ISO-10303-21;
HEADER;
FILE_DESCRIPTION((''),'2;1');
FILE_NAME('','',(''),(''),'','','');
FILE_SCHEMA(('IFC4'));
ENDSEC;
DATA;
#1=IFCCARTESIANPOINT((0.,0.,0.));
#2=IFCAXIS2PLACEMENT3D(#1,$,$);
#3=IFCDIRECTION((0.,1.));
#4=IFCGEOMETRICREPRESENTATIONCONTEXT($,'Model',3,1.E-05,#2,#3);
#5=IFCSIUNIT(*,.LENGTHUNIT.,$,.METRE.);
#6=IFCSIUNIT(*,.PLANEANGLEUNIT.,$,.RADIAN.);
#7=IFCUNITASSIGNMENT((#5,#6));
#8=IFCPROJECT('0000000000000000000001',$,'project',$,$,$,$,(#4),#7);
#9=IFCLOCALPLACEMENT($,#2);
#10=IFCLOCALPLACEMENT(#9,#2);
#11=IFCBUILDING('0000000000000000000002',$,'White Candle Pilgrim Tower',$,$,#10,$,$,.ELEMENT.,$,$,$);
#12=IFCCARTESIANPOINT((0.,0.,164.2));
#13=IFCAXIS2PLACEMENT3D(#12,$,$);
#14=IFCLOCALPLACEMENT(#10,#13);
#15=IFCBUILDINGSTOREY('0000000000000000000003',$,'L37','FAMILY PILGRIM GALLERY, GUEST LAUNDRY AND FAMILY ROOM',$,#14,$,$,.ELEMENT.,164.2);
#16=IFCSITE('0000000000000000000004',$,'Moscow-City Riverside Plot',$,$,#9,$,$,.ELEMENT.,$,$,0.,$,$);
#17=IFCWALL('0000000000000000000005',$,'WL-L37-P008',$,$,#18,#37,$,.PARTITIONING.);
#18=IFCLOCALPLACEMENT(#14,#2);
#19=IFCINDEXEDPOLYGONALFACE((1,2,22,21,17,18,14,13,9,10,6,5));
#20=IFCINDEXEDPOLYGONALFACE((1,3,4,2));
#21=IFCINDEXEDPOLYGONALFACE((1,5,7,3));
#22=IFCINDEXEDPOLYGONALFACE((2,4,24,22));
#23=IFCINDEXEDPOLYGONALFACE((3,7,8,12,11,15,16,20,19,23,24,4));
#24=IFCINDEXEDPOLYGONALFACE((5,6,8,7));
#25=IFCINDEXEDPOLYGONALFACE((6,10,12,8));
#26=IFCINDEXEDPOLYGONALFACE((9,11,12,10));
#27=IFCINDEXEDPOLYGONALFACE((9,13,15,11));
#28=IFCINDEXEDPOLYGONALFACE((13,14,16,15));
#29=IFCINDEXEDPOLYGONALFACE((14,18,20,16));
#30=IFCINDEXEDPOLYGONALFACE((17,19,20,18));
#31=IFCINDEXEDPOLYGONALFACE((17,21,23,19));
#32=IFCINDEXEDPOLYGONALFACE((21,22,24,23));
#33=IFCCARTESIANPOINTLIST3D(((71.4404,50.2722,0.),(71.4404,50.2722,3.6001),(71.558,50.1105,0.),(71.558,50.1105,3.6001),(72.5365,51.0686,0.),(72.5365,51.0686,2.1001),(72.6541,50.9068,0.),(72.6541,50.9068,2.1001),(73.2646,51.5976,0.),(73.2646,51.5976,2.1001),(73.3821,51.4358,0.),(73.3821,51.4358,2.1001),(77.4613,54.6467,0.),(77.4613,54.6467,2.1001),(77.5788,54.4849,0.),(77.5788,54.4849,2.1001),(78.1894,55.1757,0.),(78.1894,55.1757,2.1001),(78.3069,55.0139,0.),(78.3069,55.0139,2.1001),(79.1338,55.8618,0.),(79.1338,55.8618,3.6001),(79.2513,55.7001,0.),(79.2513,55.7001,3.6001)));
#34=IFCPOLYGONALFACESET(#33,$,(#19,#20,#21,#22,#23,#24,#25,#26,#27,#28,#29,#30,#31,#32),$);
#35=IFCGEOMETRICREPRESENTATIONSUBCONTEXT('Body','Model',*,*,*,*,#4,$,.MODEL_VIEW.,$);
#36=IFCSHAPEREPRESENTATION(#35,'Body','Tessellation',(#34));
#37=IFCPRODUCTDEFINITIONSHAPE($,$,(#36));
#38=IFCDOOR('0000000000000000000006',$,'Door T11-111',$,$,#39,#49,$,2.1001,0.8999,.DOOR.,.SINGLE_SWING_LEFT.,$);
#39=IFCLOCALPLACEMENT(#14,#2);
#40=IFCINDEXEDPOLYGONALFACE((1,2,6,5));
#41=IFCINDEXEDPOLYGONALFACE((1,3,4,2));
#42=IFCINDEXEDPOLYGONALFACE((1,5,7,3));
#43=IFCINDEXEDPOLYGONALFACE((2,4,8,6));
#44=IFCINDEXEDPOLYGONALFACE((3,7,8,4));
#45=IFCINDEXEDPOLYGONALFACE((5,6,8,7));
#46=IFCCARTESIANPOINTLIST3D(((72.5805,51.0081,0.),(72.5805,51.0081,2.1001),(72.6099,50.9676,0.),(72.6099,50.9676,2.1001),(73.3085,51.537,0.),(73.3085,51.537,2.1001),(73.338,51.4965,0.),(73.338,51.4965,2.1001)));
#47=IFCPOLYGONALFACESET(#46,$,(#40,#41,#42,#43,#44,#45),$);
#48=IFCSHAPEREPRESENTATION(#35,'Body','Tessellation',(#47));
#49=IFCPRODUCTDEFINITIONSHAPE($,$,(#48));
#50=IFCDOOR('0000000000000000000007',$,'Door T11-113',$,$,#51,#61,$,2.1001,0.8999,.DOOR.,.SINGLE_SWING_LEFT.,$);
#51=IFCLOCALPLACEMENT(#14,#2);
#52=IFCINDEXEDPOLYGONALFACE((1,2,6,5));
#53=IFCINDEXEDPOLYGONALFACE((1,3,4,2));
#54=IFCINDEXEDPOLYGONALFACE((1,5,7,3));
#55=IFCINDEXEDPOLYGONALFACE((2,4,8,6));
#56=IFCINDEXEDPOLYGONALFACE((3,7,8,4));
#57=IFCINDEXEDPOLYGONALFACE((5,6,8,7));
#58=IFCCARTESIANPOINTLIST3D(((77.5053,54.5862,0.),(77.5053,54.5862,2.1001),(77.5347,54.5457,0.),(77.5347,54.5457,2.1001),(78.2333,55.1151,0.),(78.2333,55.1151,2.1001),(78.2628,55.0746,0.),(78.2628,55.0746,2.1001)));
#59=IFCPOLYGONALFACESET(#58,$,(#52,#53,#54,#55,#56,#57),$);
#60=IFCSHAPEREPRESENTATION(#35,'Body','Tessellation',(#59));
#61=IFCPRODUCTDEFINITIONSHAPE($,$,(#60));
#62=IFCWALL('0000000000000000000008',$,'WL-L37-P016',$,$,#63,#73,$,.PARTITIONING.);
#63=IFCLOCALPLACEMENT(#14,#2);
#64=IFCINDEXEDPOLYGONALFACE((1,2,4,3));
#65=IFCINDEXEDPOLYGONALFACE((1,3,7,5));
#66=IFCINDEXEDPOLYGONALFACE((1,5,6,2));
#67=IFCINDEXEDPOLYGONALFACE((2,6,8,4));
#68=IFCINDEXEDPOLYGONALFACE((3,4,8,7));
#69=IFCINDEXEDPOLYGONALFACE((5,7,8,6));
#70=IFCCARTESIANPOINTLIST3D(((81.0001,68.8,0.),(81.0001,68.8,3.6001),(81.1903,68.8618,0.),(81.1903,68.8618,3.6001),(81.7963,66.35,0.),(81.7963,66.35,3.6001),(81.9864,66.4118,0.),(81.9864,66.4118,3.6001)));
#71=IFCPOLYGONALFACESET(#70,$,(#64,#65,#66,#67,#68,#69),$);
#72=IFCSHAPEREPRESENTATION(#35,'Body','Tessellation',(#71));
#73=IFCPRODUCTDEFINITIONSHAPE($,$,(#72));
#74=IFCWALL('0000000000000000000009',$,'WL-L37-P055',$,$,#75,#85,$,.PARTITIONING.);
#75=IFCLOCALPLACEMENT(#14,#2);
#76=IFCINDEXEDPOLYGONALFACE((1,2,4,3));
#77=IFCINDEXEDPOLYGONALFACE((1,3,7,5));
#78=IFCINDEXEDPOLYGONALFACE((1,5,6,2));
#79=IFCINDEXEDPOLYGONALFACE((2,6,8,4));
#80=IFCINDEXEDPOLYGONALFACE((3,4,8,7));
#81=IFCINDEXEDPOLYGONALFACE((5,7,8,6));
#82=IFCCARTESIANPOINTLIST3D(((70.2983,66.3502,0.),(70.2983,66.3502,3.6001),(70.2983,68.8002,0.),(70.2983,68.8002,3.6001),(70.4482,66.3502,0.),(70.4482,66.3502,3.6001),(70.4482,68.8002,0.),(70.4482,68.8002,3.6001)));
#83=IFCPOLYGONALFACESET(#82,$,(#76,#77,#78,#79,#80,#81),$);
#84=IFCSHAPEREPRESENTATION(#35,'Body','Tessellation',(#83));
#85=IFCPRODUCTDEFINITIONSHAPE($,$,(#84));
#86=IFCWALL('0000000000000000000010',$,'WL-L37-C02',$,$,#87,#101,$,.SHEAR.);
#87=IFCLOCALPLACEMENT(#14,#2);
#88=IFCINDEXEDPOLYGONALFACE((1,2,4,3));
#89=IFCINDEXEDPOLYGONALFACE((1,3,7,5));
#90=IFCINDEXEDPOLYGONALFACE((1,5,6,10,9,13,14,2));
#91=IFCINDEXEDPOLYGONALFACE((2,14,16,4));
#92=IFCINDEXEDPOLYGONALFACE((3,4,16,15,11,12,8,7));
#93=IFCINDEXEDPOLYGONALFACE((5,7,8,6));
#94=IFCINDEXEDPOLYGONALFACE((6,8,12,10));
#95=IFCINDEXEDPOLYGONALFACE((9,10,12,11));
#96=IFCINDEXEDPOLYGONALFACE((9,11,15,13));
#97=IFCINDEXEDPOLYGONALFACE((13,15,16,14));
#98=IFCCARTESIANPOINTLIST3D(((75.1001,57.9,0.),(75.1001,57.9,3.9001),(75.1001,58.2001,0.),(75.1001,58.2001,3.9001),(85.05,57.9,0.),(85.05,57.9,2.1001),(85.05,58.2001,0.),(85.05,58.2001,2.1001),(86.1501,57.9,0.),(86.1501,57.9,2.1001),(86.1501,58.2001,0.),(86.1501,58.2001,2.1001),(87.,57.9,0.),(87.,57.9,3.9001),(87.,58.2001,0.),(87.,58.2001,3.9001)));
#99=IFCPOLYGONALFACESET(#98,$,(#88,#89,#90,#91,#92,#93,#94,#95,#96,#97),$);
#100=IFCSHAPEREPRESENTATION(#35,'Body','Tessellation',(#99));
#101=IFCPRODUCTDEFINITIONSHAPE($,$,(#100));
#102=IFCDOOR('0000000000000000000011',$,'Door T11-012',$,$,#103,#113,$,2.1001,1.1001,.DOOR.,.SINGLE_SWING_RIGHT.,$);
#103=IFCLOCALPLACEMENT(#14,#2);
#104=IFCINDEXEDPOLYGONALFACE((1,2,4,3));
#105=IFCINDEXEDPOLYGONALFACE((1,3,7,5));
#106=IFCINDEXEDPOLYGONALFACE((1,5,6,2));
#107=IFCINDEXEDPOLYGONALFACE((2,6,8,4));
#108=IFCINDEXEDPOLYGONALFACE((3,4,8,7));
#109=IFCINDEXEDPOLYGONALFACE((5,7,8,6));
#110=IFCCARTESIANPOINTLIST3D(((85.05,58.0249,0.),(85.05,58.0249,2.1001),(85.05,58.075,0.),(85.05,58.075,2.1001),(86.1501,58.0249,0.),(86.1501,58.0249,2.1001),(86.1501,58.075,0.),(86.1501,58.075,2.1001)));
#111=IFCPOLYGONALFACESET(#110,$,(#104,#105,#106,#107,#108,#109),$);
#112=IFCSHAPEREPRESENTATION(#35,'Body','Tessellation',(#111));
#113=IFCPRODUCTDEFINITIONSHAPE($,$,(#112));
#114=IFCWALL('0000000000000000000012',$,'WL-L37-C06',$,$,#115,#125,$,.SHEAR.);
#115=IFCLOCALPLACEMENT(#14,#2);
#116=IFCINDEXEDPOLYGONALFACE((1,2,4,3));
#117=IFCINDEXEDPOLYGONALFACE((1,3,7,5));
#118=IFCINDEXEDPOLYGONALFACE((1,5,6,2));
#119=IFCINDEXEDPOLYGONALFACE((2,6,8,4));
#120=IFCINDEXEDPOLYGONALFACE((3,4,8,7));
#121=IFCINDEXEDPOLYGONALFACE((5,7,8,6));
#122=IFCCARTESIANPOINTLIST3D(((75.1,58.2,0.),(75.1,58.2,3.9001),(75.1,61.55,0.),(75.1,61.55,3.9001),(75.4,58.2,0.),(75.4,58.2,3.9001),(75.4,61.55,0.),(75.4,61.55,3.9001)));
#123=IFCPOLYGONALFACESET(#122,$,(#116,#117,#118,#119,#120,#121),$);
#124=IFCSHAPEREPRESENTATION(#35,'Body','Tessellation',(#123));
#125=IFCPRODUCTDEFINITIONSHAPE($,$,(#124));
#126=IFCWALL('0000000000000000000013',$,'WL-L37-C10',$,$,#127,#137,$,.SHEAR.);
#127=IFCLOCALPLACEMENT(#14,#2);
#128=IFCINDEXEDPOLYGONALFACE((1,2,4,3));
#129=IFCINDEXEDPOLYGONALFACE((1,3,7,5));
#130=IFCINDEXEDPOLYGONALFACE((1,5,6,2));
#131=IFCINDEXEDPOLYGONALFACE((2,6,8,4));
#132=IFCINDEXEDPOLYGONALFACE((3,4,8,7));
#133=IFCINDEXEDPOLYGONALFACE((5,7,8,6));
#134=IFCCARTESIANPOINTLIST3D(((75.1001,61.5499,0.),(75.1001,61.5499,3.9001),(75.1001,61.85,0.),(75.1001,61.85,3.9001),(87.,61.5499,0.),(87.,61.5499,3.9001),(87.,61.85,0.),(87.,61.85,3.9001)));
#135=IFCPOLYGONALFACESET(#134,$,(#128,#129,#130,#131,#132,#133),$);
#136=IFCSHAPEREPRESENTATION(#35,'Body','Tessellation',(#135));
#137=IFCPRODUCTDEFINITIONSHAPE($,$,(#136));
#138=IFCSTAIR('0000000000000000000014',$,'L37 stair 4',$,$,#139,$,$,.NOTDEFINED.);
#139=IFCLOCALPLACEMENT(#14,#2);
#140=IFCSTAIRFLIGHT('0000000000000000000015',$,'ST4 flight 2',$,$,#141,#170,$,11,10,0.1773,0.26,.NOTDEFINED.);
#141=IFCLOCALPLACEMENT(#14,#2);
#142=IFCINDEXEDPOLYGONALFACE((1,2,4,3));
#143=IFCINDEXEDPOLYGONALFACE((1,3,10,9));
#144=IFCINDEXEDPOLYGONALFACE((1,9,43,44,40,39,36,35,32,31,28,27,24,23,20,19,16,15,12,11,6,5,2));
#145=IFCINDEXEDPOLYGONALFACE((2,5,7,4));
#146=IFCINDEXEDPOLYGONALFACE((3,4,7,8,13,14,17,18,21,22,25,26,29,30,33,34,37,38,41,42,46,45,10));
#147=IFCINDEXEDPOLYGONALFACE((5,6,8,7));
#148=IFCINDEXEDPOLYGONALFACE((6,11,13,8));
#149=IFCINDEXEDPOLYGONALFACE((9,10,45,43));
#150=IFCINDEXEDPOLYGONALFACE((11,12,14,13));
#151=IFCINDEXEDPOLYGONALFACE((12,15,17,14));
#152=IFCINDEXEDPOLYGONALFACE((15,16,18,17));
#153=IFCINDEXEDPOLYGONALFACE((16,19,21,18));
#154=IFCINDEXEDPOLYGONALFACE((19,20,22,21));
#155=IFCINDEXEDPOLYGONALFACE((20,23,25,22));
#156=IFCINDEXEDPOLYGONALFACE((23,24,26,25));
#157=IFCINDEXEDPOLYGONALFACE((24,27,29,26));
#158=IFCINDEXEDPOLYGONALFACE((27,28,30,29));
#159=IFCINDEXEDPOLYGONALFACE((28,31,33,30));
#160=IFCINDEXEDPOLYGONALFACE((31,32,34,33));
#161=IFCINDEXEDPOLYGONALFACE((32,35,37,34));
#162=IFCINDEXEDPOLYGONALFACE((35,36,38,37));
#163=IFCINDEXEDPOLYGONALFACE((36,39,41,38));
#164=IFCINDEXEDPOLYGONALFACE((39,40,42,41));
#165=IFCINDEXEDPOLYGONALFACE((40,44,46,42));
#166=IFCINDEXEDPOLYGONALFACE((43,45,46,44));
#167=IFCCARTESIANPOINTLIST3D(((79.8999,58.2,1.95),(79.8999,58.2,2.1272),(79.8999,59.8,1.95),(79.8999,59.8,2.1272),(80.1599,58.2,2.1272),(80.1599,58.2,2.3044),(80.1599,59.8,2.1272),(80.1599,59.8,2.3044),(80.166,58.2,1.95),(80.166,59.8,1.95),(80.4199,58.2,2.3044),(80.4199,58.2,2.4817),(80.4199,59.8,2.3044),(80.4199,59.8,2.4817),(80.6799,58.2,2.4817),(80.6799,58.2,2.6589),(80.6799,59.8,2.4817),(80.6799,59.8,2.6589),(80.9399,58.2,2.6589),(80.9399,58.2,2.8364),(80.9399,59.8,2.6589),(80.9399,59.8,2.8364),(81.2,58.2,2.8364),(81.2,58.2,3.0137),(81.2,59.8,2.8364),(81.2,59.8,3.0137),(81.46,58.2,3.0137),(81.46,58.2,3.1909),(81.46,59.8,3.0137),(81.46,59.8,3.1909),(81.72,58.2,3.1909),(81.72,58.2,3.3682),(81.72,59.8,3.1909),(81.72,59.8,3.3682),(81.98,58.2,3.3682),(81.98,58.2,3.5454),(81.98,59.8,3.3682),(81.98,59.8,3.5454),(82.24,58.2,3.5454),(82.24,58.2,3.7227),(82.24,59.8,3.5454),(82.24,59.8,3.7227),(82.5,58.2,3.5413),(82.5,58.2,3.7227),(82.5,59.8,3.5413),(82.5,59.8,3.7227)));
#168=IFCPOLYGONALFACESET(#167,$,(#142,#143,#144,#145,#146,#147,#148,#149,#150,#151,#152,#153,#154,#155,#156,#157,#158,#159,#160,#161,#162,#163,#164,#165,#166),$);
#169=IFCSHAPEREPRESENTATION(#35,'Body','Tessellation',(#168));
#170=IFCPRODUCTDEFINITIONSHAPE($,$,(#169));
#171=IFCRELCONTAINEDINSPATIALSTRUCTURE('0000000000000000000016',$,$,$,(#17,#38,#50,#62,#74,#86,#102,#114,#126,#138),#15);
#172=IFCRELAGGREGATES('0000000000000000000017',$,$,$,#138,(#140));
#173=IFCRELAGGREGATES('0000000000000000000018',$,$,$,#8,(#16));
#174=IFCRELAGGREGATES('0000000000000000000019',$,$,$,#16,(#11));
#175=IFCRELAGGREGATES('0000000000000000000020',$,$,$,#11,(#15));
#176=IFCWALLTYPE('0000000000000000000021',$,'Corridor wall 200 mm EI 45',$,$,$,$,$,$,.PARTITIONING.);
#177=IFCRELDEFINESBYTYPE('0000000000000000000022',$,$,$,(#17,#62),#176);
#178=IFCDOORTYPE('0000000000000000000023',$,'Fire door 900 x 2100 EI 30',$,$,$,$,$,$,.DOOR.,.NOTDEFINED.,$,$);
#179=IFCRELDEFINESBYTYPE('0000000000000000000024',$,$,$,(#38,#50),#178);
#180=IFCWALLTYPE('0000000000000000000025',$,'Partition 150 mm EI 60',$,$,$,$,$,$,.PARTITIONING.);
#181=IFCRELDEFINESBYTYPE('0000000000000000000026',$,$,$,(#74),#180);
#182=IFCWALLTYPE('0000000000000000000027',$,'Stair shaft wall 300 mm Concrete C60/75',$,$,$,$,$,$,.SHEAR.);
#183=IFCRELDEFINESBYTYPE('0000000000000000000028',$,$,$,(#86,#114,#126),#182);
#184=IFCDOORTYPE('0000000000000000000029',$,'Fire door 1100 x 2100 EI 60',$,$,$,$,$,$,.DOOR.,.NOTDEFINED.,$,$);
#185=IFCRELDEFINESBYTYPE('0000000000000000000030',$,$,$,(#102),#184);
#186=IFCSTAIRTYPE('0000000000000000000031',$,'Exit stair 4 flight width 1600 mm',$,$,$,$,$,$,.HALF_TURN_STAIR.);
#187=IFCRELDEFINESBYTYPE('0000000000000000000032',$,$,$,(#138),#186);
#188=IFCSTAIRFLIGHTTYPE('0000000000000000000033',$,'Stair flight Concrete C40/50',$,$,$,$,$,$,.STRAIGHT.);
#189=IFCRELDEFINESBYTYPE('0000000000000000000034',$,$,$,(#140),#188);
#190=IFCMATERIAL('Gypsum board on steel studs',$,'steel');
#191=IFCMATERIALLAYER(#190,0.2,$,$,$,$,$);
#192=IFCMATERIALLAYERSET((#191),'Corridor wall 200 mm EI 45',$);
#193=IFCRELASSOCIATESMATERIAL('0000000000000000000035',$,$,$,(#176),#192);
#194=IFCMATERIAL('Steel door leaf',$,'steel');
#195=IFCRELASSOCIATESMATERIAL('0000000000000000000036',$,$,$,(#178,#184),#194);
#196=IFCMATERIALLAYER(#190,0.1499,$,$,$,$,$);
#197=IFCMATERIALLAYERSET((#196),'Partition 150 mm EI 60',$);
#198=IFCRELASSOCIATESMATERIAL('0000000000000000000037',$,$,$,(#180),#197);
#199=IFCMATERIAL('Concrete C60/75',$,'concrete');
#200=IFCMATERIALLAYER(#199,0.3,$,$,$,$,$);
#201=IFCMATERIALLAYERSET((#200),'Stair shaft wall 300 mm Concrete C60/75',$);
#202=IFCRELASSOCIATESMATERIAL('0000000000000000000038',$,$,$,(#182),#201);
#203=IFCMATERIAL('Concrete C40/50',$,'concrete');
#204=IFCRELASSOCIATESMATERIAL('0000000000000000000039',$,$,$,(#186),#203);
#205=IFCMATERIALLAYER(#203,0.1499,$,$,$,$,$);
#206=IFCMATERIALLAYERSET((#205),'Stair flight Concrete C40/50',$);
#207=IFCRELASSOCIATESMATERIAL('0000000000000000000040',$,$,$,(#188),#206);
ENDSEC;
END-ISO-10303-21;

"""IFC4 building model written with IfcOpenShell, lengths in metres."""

from ifc_helpers import new_model, si_unit, direction, frame, frame_2d, origin, place, context, subcontext, project, spatial, polyline, rectangle, outline, extrude, material, layer, layer_set, type_object, element, fill, aggregate, save


model = new_model("IFC4")

# Units and contexts
model_context = context("Model", 3, precision=1e-05, world=origin(), true_north=direction((0.0, 1.0)))
body_context = subcontext(model_context, "Body", "Model", "MODEL_VIEW")
ifc_project = project(units=[si_unit("LENGTHUNIT", "METRE"), si_unit("PLANEANGLEUNIT", "RADIAN")], contexts=[model_context])

# Site, building, storey
site_placement = place(None, origin())
site = spatial("IfcSite", under=ifc_project, at=site_placement, Name="Moscow-City Riverside Plot", CompositionType="ELEMENT", RefElevation=0.0)
building_placement = place(site_placement, origin())
building = spatial("IfcBuilding", under=site, at=building_placement, Name="White Candle Pilgrim Tower", CompositionType="ELEMENT")
storey_placement = place(building_placement, frame((0.0, 0.0, 164.2)))
storey = spatial("IfcBuildingStorey", under=building, at=storey_placement, Name="L37", Description="FAMILY PILGRIM GALLERY, GUEST LAUNDRY AND FAMILY ROOM", CompositionType="ELEMENT", Elevation=164.2)

# Wall, openings, doors
ifc_material_1 = material(Name="Gypsum board on steel studs", Category="steel")
ifc_layer_1 = layer(ifc_material_1, 0.2)
ifc_layer_set_1 = layer_set([ifc_layer_1], Name="Corridor wall 200 mm EI 45")
wall_type_1 = type_object("IfcWallType", Name="Corridor wall 200 mm EI 45", PredefinedType="PARTITIONING", material=ifc_layer_set_1)
wall_1_placement = place(storey_placement, frame((79.1926, 55.781, 0.0), z_axis=(0.0, 0.0, 1.0), x_axis=(-0.809015, -0.587788, 0.0)))
wall_1 = element("IfcWall", 1, at=wall_1_placement, inside=storey, type_object=wall_type_1, Name="WL-L37-P008", PredefinedType="PARTITIONING", context=body_context, shape_type="SweptSolid", body=[
    extrude(rectangle(XDim=9.5095, YDim=0.2, at=frame_2d((4.7549, 0.0))), origin(), (0.0, 0.0, 1.0), 3.6001),
])
opening_1_placement = place(wall_1_placement, frame((7.2549, 0.0, 0.0)))
opening_1 = element("IfcOpeningElement", 2, at=opening_1_placement, cuts=wall_1, PredefinedType="OPENING", context=body_context, shape_type="SweptSolid", body=[
    extrude(rectangle(XDim=0.8999, YDim=2.1001, at=frame_2d((0.45, 1.05))), frame((0.0, 0.1099, 0.0), z_axis=(0.0, -1.0, 0.0), x_axis=(1.0, 0.0, 0.0)), (0.0, 0.0, 1.0), 0.22),
])
opening_2_placement = place(wall_1_placement, frame((1.1675, 0.0, 0.0)))
opening_2 = element("IfcOpeningElement", 3, at=opening_2_placement, cuts=wall_1, PredefinedType="OPENING", context=body_context, shape_type="SweptSolid", body=[
    extrude(rectangle(XDim=0.8999, YDim=2.1001, at=frame_2d((0.45, 1.05))), frame((0.0, 0.1099, 0.0), z_axis=(0.0, -1.0, 0.0), x_axis=(1.0, 0.0, 0.0)), (0.0, 0.0, 1.0), 0.22),
])
ifc_material_2 = material(Name="Steel door leaf", Category="steel")
door_type_1 = type_object("IfcDoorType", Name="Fire door 900 x 2100 EI 30", OperationType="NOTDEFINED", PredefinedType="DOOR", material=ifc_material_2)
door_1_placement = place(opening_1_placement, origin())
door_1 = element("IfcDoor", 4, at=door_1_placement, inside=storey, type_object=door_type_1, Name="Door T11-111", OperationType="SINGLE_SWING_LEFT", OverallHeight=2.1001, OverallWidth=0.8999, PredefinedType="DOOR", context=body_context, shape_type="SweptSolid", body=[
    extrude(rectangle(XDim=0.8999, YDim=2.1001, at=frame_2d((0.45, 1.05))), frame((0.0, 0.0249, 0.0), z_axis=(0.0, -1.0, 0.0), x_axis=(1.0, 0.0, 0.0)), (0.0, 0.0, 1.0), 0.05),
])
fill(opening_1, door_1)
door_2_placement = place(opening_2_placement, origin())
door_2 = element("IfcDoor", 5, at=door_2_placement, inside=storey, type_object=door_type_1, Name="Door T11-113", OperationType="SINGLE_SWING_LEFT", OverallHeight=2.1001, OverallWidth=0.8999, PredefinedType="DOOR", context=body_context, shape_type="SweptSolid", body=[
    extrude(rectangle(XDim=0.8999, YDim=2.1001, at=frame_2d((0.45, 1.05))), frame((0.0, 0.0249, 0.0), z_axis=(0.0, -1.0, 0.0), x_axis=(1.0, 0.0, 0.0)), (0.0, 0.0, 1.0), 0.05),
])
fill(opening_2, door_2)

# Walls
wall_2_placement = place(storey_placement, frame((81.8914, 66.3809, 0.0), z_axis=(0.0, 0.0, 1.0), x_axis=(-0.309054, 0.951045, 0.0)))
element("IfcWall", 6, at=wall_2_placement, inside=storey, type_object=wall_type_1, Name="WL-L37-P016", PredefinedType="PARTITIONING", context=body_context, shape_type="SweptSolid", body=[
    extrude(rectangle(XDim=2.5762, YDim=0.2, at=frame_2d((1.2881, 0.0))), origin(), (0.0, 0.0, 1.0), 3.6001),
])
ifc_layer_2 = layer(ifc_material_1, 0.1499)
ifc_layer_set_2 = layer_set([ifc_layer_2], Name="Partition 150 mm EI 60")
wall_type_2 = type_object("IfcWallType", Name="Partition 150 mm EI 60", PredefinedType="PARTITIONING", material=ifc_layer_set_2)
wall_3_placement = place(storey_placement, frame((70.3733, 66.3501, 0.0), z_axis=(0.0, 0.0, 1.0), x_axis=(0.0, 1.0, 0.0)))
element("IfcWall", 7, at=wall_3_placement, inside=storey, type_object=wall_type_2, Name="WL-L37-P055", PredefinedType="PARTITIONING", context=body_context, shape_type="SweptSolid", body=[
    extrude(rectangle(XDim=2.45, YDim=0.1499, at=frame_2d((1.2251, 0.0))), origin(), (0.0, 0.0, 1.0), 3.6001),
])

# Wall, opening, door
ifc_material_3 = material(Name="Concrete C60/75", Category="concrete")
ifc_layer_3 = layer(ifc_material_3, 0.3)
ifc_layer_set_3 = layer_set([ifc_layer_3], Name="Stair shaft wall 300 mm Concrete C60/75")
wall_type_3 = type_object("IfcWallType", Name="Stair shaft wall 300 mm Concrete C60/75", PredefinedType="SHEAR", material=ifc_layer_set_3)
wall_4_placement = place(storey_placement, frame((75.1001, 58.05, 0.0), z_axis=(0.0, 0.0, 1.0), x_axis=(1.0, 0.0, 0.0)))
wall_4 = element("IfcWall", 8, at=wall_4_placement, inside=storey, type_object=wall_type_3, Name="WL-L37-C02", PredefinedType="SHEAR", context=body_context, shape_type="SweptSolid", body=[
    extrude(rectangle(XDim=11.8999, YDim=0.3, at=frame_2d((5.95, 0.0))), origin(), (0.0, 0.0, 1.0), 3.9001),
])
opening_3_placement = place(wall_4_placement, frame((9.95, 0.0, 0.0)))
opening_3 = element("IfcOpeningElement", 9, at=opening_3_placement, cuts=wall_4, PredefinedType="OPENING", context=body_context, shape_type="SweptSolid", body=[
    extrude(rectangle(XDim=1.1001, YDim=2.1001, at=frame_2d((0.55, 1.05))), frame((0.0, 0.1599, 0.0), z_axis=(0.0, -1.0, 0.0), x_axis=(1.0, 0.0, 0.0)), (0.0, 0.0, 1.0), 0.3201),
])
door_type_2 = type_object("IfcDoorType", Name="Fire door 1100 x 2100 EI 60", OperationType="NOTDEFINED", PredefinedType="DOOR", material=ifc_material_2)
door_3_placement = place(opening_3_placement, origin())
door_3 = element("IfcDoor", 10, at=door_3_placement, inside=storey, type_object=door_type_2, Name="Door T11-012", OperationType="SINGLE_SWING_RIGHT", OverallHeight=2.1001, OverallWidth=1.1001, PredefinedType="DOOR", context=body_context, shape_type="SweptSolid", body=[
    extrude(rectangle(XDim=1.1001, YDim=2.1001, at=frame_2d((0.55, 1.05))), frame((0.0, 0.0249, 0.0), z_axis=(0.0, -1.0, 0.0), x_axis=(1.0, 0.0, 0.0)), (0.0, 0.0, 1.0), 0.05),
])
fill(opening_3, door_3)

# Walls
wall_5_placement = place(storey_placement, frame((75.25, 58.2, 0.0), z_axis=(0.0, 0.0, 1.0), x_axis=(0.0, 1.0, 0.0)))
element("IfcWall", 11, at=wall_5_placement, inside=storey, type_object=wall_type_3, Name="WL-L37-C06", PredefinedType="SHEAR", context=body_context, shape_type="SweptSolid", body=[
    extrude(rectangle(XDim=3.3501, YDim=0.3, at=frame_2d((1.675, 0.0))), origin(), (0.0, 0.0, 1.0), 3.9001),
])
wall_6_placement = place(storey_placement, frame((75.1001, 61.7, 0.0), z_axis=(0.0, 0.0, 1.0), x_axis=(1.0, 0.0, 0.0)))
element("IfcWall", 12, at=wall_6_placement, inside=storey, type_object=wall_type_3, Name="WL-L37-C10", PredefinedType="SHEAR", context=body_context, shape_type="SweptSolid", body=[
    extrude(rectangle(XDim=11.8999, YDim=0.3, at=frame_2d((5.95, 0.0))), origin(), (0.0, 0.0, 1.0), 3.9001),
])

# Stair, stair flight
ifc_material_4 = material(Name="Concrete C40/50", Category="concrete")
stair_type = type_object("IfcStairType", Name="Exit stair 4 flight width 1600 mm", PredefinedType="HALF_TURN_STAIR", material=ifc_material_4)
stair_placement = place(storey_placement, origin())
stair = element("IfcStair", 13, at=stair_placement, inside=storey, type_object=stair_type, Name="L37 stair 4", PredefinedType="NOTDEFINED")
ifc_layer_4 = layer(ifc_material_4, 0.1499)
ifc_layer_set_4 = layer_set([ifc_layer_4], Name="Stair flight Concrete C40/50")
stair_flight_type = type_object("IfcStairFlightType", Name="Stair flight Concrete C40/50", PredefinedType="STRAIGHT", material=ifc_layer_set_4)
stair_flight_placement = place(storey_placement, frame((79.8999, 59.0, 1.95), z_axis=(0.0, 0.0, 1.0), x_axis=(1.0, 0.0, 0.0)))
stair_flight = element("IfcStairFlight", 14, at=stair_flight_placement, type_object=stair_flight_type, Name="ST4 flight 2", NumberOfRisers=11, NumberOfTreads=10, PredefinedType="NOTDEFINED", RiserHeight=0.1773, TreadLength=0.26, context=body_context, shape_type="SweptSolid", body=[
    extrude(outline(polyline([(0.0, 0.0), (0.0, 0.1772), (0.26, 0.1772), (0.26, 0.3545), (0.52, 0.3545), (0.52, 0.5317), (0.78, 0.5317), (0.78, 0.709), (1.04, 0.709), (1.04, 0.8865), (1.3, 0.8865), (1.3, 1.0637), (1.5601, 1.0637), (1.5601, 1.241), (1.8201, 1.241), (1.8201, 1.4182), (2.0801, 1.4182), (2.0801, 1.5955), (2.3401, 1.5955), (2.3401, 1.7727), (2.6001, 1.7727), (2.6001, 1.95), (2.6001, 1.5913), (0.2661, 0.0), (0.0, 0.0)])), frame((0.0, 0.8, 0.0), z_axis=(0.0, -1.0, 0.0), x_axis=(1.0, 0.0, 0.0)), (0.0, 0.0, 1.0), 1.6001),
])
aggregate(stair, [stair_flight])

save(model, "model.ifc")
